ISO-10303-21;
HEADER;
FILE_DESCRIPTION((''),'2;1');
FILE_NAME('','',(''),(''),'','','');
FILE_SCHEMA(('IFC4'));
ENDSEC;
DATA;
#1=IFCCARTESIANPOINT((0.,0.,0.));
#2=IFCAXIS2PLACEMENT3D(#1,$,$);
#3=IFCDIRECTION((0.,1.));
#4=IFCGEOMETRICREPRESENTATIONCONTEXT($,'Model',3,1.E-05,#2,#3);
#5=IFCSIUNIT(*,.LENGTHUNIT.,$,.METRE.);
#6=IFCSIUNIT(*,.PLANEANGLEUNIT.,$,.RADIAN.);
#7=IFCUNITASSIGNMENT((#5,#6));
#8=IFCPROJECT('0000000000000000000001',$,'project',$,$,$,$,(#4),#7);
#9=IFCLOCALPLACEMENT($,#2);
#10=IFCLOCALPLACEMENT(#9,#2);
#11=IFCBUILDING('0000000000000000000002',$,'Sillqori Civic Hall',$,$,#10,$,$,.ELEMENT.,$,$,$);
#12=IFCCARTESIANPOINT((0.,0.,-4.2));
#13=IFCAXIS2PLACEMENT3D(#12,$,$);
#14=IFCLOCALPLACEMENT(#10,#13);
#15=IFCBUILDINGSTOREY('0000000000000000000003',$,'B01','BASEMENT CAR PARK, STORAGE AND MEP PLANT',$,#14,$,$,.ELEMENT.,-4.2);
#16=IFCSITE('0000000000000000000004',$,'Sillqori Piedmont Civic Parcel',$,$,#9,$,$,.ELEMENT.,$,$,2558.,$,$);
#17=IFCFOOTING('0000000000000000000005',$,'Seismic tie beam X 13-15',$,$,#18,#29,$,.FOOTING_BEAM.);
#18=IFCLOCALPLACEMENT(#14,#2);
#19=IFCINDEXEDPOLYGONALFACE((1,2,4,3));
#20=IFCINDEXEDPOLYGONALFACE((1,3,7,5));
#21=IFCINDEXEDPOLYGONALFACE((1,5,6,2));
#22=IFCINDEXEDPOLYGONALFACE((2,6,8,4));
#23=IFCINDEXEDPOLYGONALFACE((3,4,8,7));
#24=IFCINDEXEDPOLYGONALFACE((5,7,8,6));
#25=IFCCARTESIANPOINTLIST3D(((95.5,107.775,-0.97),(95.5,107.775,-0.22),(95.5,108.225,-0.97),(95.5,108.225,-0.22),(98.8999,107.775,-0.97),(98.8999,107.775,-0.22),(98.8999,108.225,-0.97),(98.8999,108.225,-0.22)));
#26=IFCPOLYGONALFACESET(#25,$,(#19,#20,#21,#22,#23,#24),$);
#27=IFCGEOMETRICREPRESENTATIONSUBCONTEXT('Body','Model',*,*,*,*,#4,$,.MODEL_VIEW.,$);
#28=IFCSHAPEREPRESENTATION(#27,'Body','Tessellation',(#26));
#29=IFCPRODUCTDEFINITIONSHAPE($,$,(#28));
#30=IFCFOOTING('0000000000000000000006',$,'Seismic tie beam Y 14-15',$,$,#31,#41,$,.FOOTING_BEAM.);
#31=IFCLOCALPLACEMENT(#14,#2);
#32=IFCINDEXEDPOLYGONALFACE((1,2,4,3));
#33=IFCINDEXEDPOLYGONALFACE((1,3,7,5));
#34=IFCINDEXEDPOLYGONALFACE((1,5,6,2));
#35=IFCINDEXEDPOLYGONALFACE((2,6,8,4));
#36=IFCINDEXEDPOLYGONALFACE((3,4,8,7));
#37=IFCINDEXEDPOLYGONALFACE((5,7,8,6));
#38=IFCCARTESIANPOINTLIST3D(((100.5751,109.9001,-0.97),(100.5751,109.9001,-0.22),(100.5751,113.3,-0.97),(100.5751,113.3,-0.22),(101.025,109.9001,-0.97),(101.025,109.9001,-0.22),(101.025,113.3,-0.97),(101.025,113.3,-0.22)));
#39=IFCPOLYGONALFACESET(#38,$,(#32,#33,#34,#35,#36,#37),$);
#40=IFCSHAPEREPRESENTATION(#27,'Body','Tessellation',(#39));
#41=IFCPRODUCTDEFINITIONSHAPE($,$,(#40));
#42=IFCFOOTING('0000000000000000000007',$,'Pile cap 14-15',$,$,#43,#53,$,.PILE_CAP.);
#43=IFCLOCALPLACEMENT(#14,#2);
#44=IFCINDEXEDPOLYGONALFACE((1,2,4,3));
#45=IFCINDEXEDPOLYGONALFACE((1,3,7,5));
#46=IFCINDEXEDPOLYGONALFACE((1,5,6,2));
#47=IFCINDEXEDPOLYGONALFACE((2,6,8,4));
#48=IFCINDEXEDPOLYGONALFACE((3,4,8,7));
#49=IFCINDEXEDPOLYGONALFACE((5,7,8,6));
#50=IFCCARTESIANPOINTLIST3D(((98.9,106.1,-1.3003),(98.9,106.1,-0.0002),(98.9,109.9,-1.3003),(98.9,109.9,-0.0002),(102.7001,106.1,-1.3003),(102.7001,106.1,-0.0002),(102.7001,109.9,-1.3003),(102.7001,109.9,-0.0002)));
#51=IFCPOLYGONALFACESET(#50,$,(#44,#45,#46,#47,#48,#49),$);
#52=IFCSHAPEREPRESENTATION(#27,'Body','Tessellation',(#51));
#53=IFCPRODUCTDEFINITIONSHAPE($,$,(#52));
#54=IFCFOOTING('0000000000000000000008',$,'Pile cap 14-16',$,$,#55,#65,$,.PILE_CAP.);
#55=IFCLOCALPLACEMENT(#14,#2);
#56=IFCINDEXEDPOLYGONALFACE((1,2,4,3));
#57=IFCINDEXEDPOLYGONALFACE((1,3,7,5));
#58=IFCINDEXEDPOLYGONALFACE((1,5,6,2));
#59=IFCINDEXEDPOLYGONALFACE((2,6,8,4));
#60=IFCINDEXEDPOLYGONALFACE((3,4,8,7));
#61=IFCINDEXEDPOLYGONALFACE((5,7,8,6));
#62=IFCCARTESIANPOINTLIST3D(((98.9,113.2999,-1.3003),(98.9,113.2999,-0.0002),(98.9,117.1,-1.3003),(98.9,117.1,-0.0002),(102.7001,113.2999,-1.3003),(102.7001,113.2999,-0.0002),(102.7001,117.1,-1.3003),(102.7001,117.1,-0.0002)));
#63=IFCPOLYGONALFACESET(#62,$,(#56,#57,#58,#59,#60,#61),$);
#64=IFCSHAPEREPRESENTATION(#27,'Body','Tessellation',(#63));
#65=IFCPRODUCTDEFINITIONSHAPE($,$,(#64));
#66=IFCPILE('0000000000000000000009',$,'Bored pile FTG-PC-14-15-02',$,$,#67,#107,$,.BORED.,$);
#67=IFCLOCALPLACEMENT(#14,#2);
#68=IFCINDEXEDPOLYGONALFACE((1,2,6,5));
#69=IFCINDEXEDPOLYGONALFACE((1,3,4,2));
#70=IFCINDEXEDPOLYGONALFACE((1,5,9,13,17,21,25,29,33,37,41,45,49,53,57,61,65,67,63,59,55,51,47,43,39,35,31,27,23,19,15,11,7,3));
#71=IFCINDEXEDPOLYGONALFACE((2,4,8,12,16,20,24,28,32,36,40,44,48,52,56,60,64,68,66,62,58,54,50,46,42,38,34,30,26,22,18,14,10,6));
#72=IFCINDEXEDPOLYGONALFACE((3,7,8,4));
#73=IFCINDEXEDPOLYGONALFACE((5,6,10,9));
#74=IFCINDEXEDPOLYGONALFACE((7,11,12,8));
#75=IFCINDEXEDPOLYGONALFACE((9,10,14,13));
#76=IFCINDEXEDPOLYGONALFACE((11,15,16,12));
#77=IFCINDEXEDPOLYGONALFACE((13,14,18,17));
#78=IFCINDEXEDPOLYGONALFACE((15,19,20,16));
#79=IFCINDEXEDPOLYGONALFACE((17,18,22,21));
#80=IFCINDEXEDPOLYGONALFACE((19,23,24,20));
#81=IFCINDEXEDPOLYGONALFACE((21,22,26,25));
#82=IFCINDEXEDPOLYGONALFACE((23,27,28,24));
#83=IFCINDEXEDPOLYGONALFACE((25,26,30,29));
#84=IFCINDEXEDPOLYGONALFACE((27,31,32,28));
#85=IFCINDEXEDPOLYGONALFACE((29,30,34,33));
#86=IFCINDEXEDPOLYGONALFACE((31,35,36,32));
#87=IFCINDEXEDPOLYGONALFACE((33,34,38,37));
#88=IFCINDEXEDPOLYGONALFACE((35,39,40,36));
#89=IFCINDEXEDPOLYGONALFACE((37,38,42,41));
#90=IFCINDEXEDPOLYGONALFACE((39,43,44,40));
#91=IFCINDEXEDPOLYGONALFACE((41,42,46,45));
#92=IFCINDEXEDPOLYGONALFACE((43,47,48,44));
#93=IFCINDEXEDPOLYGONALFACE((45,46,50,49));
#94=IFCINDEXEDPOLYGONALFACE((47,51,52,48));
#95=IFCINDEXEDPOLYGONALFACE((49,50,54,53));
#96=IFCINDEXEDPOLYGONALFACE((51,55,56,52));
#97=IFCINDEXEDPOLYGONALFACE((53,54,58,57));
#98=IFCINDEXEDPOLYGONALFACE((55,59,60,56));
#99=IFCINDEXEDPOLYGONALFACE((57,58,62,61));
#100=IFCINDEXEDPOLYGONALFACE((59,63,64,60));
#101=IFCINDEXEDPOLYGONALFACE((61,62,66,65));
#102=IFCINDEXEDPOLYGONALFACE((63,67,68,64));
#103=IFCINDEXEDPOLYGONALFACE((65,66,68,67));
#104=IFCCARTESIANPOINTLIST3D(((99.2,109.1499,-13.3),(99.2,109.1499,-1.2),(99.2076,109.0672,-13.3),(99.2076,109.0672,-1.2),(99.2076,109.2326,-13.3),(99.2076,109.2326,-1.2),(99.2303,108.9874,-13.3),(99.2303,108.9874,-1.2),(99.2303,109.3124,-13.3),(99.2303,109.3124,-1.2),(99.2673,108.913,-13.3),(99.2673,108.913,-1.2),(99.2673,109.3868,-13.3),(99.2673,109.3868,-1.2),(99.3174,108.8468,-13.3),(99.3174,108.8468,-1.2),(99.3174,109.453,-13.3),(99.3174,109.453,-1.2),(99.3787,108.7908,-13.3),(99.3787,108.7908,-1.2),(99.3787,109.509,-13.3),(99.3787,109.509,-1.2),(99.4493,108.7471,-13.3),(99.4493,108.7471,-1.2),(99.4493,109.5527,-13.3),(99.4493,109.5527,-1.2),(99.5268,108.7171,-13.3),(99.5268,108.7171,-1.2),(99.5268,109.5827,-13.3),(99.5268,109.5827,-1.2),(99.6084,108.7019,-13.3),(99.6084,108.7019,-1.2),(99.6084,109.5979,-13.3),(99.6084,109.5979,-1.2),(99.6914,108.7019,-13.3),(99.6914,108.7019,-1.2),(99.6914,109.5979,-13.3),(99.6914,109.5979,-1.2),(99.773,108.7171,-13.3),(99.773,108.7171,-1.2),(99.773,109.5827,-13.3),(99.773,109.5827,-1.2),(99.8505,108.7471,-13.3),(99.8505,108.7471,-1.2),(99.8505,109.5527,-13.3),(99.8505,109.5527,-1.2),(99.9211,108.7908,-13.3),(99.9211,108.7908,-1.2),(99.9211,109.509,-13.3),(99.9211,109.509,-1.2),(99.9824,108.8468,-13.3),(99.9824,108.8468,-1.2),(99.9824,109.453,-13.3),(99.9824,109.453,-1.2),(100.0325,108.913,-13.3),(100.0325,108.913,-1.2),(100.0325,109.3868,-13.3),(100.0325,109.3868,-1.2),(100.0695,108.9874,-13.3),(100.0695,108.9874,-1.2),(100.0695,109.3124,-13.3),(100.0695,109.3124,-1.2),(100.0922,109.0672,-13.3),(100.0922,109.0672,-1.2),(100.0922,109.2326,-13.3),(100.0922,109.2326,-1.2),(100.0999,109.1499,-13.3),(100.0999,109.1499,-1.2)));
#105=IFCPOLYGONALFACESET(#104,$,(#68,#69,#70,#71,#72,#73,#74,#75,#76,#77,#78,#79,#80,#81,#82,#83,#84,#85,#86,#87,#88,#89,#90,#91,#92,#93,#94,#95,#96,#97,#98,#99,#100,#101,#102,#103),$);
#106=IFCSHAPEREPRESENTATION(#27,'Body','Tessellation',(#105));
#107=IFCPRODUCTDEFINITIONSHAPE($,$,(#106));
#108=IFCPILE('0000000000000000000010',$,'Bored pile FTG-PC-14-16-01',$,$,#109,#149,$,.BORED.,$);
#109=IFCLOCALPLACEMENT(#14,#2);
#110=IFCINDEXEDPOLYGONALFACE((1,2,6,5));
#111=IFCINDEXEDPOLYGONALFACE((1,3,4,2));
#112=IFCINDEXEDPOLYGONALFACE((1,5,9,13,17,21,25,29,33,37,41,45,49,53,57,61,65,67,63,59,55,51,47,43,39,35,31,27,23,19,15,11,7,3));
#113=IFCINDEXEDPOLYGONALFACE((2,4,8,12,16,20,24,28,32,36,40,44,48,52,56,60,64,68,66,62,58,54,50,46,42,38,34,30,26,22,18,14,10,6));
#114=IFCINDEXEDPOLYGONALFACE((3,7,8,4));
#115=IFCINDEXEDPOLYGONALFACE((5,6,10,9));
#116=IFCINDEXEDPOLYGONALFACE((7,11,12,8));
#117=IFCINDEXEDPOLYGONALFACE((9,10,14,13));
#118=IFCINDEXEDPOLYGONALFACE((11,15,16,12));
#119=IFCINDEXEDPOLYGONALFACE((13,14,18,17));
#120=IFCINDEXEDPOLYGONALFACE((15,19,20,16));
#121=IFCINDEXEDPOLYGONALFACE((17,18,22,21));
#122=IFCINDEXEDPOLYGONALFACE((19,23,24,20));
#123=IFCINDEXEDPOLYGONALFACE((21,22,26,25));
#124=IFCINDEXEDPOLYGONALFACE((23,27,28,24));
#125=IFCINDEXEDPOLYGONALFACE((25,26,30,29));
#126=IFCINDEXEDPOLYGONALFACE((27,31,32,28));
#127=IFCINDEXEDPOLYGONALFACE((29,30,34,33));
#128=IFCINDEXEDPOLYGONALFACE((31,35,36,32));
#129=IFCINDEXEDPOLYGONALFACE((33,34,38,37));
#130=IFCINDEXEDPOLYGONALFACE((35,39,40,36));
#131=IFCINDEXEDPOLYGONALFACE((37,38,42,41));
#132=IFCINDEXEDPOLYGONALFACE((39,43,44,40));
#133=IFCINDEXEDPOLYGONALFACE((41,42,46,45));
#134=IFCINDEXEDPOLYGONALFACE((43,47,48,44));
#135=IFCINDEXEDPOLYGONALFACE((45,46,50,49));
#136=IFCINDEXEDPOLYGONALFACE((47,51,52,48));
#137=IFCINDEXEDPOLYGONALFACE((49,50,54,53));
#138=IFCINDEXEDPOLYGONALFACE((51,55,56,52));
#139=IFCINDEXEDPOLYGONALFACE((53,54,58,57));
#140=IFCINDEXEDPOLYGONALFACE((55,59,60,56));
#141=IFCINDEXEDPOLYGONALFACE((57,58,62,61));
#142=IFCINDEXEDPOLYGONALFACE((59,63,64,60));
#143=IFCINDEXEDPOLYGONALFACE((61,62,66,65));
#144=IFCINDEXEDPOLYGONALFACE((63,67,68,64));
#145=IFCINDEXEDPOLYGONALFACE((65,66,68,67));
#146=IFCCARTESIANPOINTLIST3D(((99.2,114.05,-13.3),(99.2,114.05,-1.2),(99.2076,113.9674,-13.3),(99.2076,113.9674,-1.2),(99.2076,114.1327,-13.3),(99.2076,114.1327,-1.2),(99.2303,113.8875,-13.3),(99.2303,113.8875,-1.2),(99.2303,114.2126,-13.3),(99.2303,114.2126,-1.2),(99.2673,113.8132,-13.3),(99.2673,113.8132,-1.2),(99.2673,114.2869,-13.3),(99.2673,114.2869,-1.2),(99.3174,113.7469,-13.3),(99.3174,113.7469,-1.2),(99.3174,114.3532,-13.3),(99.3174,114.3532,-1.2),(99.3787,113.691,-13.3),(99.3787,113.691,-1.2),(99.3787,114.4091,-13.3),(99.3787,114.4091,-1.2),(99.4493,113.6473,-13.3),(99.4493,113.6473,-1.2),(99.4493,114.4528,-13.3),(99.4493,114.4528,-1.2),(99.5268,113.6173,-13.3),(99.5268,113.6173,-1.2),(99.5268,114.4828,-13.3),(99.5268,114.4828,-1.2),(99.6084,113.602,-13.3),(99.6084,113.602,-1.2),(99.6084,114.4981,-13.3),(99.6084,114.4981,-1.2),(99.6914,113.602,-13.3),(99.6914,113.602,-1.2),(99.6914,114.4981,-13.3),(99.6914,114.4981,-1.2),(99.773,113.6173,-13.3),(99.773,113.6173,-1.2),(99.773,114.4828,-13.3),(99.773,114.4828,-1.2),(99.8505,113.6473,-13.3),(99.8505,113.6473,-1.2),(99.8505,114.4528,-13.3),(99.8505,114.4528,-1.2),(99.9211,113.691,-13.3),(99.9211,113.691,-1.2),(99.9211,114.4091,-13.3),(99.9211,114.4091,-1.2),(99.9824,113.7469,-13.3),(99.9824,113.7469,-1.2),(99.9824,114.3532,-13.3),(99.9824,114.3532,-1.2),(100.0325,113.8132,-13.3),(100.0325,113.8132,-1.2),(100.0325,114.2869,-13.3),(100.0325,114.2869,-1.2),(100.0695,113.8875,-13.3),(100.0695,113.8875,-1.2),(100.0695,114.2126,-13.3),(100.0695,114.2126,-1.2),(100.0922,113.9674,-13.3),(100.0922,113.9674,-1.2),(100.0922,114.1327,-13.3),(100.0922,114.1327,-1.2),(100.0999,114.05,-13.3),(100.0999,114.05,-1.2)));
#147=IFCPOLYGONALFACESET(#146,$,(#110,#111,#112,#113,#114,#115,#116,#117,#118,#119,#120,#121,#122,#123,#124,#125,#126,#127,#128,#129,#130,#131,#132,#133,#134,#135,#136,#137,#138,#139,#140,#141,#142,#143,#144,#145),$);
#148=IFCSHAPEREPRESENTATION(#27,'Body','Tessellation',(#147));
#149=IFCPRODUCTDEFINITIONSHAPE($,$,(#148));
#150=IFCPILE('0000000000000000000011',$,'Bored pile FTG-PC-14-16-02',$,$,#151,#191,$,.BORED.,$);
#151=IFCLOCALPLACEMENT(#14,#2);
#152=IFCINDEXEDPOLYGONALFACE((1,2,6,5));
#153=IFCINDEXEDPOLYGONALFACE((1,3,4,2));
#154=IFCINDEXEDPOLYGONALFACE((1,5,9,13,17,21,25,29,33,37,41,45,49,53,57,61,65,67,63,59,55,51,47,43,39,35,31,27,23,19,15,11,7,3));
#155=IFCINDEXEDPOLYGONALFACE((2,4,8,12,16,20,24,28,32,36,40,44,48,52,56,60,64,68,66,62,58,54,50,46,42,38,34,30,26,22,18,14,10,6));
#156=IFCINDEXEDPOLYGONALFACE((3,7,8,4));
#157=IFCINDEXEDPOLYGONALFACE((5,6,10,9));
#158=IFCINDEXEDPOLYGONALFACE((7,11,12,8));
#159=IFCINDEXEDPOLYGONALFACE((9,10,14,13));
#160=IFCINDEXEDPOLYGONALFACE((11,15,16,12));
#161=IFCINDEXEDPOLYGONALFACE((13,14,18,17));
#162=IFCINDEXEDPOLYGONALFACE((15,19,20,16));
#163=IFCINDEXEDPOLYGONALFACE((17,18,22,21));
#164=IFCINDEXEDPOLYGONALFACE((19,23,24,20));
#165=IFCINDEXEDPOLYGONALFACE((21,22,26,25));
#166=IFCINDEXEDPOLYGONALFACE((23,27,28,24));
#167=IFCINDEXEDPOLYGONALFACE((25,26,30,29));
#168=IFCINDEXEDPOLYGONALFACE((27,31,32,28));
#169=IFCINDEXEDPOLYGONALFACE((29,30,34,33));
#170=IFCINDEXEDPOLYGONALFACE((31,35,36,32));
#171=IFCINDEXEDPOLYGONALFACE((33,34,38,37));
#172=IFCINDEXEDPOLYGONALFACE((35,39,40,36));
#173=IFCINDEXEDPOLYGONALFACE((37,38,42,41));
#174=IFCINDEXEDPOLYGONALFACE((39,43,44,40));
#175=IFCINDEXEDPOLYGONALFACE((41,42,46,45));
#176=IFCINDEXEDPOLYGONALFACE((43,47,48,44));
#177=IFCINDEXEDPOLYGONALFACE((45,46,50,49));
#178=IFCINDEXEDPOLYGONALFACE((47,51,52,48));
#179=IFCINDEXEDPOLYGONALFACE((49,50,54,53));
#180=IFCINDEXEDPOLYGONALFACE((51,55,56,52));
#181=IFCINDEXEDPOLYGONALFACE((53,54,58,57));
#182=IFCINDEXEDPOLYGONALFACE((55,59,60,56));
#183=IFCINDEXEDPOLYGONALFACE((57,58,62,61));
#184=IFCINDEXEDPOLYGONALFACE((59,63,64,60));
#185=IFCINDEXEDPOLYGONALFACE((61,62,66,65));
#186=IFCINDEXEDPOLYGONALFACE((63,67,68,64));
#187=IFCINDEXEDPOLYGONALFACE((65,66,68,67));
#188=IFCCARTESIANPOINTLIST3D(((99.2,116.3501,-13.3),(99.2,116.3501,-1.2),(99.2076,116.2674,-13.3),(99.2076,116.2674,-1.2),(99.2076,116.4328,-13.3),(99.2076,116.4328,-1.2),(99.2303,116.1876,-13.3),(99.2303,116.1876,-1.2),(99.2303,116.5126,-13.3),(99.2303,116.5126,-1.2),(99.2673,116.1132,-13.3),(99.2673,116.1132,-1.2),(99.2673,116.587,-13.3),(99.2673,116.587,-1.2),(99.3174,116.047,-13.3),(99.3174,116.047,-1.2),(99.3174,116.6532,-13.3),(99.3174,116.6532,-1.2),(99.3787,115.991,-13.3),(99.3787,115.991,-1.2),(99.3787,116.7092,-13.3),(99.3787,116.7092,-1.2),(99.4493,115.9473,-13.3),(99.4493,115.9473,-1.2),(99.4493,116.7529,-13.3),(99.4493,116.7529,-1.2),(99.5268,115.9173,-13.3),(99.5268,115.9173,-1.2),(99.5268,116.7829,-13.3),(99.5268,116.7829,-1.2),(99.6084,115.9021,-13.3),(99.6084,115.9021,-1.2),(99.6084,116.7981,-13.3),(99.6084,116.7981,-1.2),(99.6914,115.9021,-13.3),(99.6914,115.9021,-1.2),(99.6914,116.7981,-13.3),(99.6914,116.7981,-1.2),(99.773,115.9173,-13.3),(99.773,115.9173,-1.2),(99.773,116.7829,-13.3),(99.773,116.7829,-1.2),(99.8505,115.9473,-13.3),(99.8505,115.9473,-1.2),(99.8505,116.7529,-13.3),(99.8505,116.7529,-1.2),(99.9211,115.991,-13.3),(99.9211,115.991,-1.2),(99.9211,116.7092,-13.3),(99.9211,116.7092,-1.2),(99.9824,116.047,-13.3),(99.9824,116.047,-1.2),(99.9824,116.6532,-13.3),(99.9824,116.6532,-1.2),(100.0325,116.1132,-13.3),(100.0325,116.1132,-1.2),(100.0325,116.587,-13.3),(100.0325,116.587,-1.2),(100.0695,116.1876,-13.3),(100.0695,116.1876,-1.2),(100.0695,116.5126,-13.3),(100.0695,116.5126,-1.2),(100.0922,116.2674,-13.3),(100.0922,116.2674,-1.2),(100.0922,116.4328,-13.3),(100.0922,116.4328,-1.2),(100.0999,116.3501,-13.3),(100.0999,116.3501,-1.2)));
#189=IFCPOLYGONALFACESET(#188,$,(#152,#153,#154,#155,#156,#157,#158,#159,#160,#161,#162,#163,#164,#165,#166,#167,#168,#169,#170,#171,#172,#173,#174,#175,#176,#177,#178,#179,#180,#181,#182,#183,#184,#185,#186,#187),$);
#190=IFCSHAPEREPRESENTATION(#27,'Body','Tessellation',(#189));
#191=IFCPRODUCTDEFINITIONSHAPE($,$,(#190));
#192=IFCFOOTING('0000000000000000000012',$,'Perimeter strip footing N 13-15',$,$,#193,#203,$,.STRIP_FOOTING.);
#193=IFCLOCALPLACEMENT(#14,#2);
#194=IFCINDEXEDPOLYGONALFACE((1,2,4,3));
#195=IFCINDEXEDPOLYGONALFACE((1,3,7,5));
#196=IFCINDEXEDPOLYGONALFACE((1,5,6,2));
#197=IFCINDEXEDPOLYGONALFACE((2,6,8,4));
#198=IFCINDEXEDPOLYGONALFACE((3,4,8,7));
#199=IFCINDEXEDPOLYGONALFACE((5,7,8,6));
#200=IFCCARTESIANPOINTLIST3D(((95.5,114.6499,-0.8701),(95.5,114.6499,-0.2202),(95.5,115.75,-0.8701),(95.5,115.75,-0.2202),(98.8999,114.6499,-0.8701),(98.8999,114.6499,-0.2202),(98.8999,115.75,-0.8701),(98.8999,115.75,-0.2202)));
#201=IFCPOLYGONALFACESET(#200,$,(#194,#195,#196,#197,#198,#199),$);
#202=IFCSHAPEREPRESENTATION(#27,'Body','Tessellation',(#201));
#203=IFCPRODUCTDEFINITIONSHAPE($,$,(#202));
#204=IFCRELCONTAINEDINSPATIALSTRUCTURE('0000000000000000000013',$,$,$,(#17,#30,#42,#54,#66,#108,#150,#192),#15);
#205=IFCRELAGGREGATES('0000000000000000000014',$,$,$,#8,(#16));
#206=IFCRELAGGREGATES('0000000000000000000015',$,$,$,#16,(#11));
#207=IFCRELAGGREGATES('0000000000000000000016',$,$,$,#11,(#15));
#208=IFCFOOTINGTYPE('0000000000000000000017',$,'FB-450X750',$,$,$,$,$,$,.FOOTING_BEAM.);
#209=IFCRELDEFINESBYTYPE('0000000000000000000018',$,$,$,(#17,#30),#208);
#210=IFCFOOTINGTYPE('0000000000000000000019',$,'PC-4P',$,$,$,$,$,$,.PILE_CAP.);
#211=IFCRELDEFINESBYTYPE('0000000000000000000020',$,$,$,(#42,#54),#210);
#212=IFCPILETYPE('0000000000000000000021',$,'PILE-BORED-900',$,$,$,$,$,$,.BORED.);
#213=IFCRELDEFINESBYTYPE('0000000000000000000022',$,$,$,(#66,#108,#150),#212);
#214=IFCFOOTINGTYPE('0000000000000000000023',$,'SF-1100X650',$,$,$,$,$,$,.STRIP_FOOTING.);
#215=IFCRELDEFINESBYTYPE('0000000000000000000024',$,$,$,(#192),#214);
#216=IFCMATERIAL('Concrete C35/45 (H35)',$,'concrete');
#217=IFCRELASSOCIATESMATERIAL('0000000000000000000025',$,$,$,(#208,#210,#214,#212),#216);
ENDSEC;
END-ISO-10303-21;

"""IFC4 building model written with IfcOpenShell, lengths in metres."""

from ifc_helpers import new_model, si_unit, direction, frame, origin, origin_2d, place, context, subcontext, project, spatial, rectangle, circle, extrude, material, material_profile, profile_set, type_object, element, save


model = new_model("IFC4")

# Units and contexts
model_context = context("Model", 3, precision=1e-05, world=origin(), true_north=direction((0.0, 1.0)))
body_context = subcontext(model_context, "Body", "Model", "MODEL_VIEW")
ifc_project = project(units=[si_unit("LENGTHUNIT", "METRE"), si_unit("PLANEANGLEUNIT", "RADIAN")], contexts=[model_context])

# Site, building, storey
site_placement = place(None, origin())
site = spatial("IfcSite", under=ifc_project, at=site_placement, Name="Sillqori Piedmont Civic Parcel", CompositionType="ELEMENT", RefElevation=2558.0)
building_placement = place(site_placement, origin())
building = spatial("IfcBuilding", under=site, at=building_placement, Name="Sillqori Civic Hall", CompositionType="ELEMENT")
storey_placement = place(building_placement, frame((0.0, 0.0, -4.2)))
storey = spatial("IfcBuildingStorey", under=building, at=storey_placement, Name="B01", Description="BASEMENT CAR PARK, STORAGE AND MEP PLANT", CompositionType="ELEMENT", Elevation=-4.2)

# Footings
ifc_material_1 = material(Name="Concrete C35/45 (H35)", Category="concrete")
footing_type_1 = type_object("IfcFootingType", Name="FB-450X750", PredefinedType="FOOTING_BEAM", material=ifc_material_1)
footing_1_placement = place(storey_placement, frame((97.2, 108.0, -0.97), z_axis=(0.0, 0.0, 1.0), x_axis=(1.0, 0.0, 0.0)))
element("IfcFooting", 1, at=footing_1_placement, inside=storey, type_object=footing_type_1, Name="Seismic tie beam X 13-15", PredefinedType="FOOTING_BEAM", context=body_context, shape_type="SweptSolid", body=[
    extrude(rectangle(XDim=3.3999, YDim=0.45, at=origin_2d()), origin(), (0.0, 0.0, 1.0), 0.75),
])
footing_2_placement = place(storey_placement, frame((100.8, 111.6001, -0.97), z_axis=(0.0, 0.0, 1.0), x_axis=(1.0, 0.0, 0.0)))
element("IfcFooting", 2, at=footing_2_placement, inside=storey, type_object=footing_type_1, Name="Seismic tie beam Y 14-15", PredefinedType="FOOTING_BEAM", context=body_context, shape_type="SweptSolid", body=[
    extrude(rectangle(XDim=0.45, YDim=3.3999, at=origin_2d()), origin(), (0.0, 0.0, 1.0), 0.75),
])
footing_type_2 = type_object("IfcFootingType", Name="PC-4P", PredefinedType="PILE_CAP", material=ifc_material_1)
for number, where, z_axis, x_axis, name in (
    (3, (100.8, 108.0, -1.3003), (0.0, 0.0, 1.0), (1.0, 0.0, 0.0), "Pile cap 14-15"),
    (4, (100.8, 115.2, -1.3003), (0.0, 0.0, 1.0), (1.0, 0.0, 0.0), "Pile cap 14-16"),
):
    element("IfcFooting", number, at=place(storey_placement, frame(where, z_axis=z_axis, x_axis=x_axis)), inside=storey, type_object=footing_type_2, Name=name, PredefinedType="PILE_CAP", context=body_context, shape_type="SweptSolid", body=[
        extrude(rectangle(XDim=3.8, YDim=3.8, at=origin_2d()), origin(), (0.0, 0.0, 1.0), 1.3),
    ])

# Piles
ifc_material_profile_1 = material_profile(ifc_material_1, circle(Radius=0.45, at=origin_2d()), Name="BORED PILE 900")
ifc_profile_set_1 = profile_set([ifc_material_profile_1], Name="Concrete C35/45 (H35)")
pile_type = type_object("IfcPileType", Name="PILE-BORED-900", PredefinedType="BORED", material=ifc_profile_set_1)
for number, where, z_axis, x_axis, name in (
    (5, (99.6499, 109.1499, -1.2), (0.0, 0.0, -1.0), (1.0, 0.0, 0.0), "Bored pile FTG-PC-14-15-02"),
    (6, (99.6499, 114.05, -1.2), (0.0, 0.0, -1.0), (1.0, 0.0, 0.0), "Bored pile FTG-PC-14-16-01"),
    (7, (99.6499, 116.3501, -1.2), (0.0, 0.0, -1.0), (1.0, 0.0, 0.0), "Bored pile FTG-PC-14-16-02"),
):
    element("IfcPile", number, at=place(storey_placement, frame(where, z_axis=z_axis, x_axis=x_axis)), inside=storey, type_object=pile_type, Name=name, PredefinedType="BORED", context=body_context, shape_type="SweptSolid", body=[
        extrude(circle(Radius=0.45, at=origin_2d()), origin(), (0.0, 0.0, 1.0), 12.1001),
    ])

# Footing
footing_type_3 = type_object("IfcFootingType", Name="SF-1100X650", PredefinedType="STRIP_FOOTING", material=ifc_material_1)
footing_3_placement = place(storey_placement, frame((97.2, 115.2, -0.8701), z_axis=(0.0, 0.0, 1.0), x_axis=(1.0, 0.0, 0.0)))
element("IfcFooting", 8, at=footing_3_placement, inside=storey, type_object=footing_type_3, Name="Perimeter strip footing N 13-15", PredefinedType="STRIP_FOOTING", context=body_context, shape_type="SweptSolid", body=[
    extrude(rectangle(XDim=3.3999, YDim=1.1001, at=origin_2d()), origin(), (0.0, 0.0, 1.0), 0.6499),
])

save(model, "model.ifc")
